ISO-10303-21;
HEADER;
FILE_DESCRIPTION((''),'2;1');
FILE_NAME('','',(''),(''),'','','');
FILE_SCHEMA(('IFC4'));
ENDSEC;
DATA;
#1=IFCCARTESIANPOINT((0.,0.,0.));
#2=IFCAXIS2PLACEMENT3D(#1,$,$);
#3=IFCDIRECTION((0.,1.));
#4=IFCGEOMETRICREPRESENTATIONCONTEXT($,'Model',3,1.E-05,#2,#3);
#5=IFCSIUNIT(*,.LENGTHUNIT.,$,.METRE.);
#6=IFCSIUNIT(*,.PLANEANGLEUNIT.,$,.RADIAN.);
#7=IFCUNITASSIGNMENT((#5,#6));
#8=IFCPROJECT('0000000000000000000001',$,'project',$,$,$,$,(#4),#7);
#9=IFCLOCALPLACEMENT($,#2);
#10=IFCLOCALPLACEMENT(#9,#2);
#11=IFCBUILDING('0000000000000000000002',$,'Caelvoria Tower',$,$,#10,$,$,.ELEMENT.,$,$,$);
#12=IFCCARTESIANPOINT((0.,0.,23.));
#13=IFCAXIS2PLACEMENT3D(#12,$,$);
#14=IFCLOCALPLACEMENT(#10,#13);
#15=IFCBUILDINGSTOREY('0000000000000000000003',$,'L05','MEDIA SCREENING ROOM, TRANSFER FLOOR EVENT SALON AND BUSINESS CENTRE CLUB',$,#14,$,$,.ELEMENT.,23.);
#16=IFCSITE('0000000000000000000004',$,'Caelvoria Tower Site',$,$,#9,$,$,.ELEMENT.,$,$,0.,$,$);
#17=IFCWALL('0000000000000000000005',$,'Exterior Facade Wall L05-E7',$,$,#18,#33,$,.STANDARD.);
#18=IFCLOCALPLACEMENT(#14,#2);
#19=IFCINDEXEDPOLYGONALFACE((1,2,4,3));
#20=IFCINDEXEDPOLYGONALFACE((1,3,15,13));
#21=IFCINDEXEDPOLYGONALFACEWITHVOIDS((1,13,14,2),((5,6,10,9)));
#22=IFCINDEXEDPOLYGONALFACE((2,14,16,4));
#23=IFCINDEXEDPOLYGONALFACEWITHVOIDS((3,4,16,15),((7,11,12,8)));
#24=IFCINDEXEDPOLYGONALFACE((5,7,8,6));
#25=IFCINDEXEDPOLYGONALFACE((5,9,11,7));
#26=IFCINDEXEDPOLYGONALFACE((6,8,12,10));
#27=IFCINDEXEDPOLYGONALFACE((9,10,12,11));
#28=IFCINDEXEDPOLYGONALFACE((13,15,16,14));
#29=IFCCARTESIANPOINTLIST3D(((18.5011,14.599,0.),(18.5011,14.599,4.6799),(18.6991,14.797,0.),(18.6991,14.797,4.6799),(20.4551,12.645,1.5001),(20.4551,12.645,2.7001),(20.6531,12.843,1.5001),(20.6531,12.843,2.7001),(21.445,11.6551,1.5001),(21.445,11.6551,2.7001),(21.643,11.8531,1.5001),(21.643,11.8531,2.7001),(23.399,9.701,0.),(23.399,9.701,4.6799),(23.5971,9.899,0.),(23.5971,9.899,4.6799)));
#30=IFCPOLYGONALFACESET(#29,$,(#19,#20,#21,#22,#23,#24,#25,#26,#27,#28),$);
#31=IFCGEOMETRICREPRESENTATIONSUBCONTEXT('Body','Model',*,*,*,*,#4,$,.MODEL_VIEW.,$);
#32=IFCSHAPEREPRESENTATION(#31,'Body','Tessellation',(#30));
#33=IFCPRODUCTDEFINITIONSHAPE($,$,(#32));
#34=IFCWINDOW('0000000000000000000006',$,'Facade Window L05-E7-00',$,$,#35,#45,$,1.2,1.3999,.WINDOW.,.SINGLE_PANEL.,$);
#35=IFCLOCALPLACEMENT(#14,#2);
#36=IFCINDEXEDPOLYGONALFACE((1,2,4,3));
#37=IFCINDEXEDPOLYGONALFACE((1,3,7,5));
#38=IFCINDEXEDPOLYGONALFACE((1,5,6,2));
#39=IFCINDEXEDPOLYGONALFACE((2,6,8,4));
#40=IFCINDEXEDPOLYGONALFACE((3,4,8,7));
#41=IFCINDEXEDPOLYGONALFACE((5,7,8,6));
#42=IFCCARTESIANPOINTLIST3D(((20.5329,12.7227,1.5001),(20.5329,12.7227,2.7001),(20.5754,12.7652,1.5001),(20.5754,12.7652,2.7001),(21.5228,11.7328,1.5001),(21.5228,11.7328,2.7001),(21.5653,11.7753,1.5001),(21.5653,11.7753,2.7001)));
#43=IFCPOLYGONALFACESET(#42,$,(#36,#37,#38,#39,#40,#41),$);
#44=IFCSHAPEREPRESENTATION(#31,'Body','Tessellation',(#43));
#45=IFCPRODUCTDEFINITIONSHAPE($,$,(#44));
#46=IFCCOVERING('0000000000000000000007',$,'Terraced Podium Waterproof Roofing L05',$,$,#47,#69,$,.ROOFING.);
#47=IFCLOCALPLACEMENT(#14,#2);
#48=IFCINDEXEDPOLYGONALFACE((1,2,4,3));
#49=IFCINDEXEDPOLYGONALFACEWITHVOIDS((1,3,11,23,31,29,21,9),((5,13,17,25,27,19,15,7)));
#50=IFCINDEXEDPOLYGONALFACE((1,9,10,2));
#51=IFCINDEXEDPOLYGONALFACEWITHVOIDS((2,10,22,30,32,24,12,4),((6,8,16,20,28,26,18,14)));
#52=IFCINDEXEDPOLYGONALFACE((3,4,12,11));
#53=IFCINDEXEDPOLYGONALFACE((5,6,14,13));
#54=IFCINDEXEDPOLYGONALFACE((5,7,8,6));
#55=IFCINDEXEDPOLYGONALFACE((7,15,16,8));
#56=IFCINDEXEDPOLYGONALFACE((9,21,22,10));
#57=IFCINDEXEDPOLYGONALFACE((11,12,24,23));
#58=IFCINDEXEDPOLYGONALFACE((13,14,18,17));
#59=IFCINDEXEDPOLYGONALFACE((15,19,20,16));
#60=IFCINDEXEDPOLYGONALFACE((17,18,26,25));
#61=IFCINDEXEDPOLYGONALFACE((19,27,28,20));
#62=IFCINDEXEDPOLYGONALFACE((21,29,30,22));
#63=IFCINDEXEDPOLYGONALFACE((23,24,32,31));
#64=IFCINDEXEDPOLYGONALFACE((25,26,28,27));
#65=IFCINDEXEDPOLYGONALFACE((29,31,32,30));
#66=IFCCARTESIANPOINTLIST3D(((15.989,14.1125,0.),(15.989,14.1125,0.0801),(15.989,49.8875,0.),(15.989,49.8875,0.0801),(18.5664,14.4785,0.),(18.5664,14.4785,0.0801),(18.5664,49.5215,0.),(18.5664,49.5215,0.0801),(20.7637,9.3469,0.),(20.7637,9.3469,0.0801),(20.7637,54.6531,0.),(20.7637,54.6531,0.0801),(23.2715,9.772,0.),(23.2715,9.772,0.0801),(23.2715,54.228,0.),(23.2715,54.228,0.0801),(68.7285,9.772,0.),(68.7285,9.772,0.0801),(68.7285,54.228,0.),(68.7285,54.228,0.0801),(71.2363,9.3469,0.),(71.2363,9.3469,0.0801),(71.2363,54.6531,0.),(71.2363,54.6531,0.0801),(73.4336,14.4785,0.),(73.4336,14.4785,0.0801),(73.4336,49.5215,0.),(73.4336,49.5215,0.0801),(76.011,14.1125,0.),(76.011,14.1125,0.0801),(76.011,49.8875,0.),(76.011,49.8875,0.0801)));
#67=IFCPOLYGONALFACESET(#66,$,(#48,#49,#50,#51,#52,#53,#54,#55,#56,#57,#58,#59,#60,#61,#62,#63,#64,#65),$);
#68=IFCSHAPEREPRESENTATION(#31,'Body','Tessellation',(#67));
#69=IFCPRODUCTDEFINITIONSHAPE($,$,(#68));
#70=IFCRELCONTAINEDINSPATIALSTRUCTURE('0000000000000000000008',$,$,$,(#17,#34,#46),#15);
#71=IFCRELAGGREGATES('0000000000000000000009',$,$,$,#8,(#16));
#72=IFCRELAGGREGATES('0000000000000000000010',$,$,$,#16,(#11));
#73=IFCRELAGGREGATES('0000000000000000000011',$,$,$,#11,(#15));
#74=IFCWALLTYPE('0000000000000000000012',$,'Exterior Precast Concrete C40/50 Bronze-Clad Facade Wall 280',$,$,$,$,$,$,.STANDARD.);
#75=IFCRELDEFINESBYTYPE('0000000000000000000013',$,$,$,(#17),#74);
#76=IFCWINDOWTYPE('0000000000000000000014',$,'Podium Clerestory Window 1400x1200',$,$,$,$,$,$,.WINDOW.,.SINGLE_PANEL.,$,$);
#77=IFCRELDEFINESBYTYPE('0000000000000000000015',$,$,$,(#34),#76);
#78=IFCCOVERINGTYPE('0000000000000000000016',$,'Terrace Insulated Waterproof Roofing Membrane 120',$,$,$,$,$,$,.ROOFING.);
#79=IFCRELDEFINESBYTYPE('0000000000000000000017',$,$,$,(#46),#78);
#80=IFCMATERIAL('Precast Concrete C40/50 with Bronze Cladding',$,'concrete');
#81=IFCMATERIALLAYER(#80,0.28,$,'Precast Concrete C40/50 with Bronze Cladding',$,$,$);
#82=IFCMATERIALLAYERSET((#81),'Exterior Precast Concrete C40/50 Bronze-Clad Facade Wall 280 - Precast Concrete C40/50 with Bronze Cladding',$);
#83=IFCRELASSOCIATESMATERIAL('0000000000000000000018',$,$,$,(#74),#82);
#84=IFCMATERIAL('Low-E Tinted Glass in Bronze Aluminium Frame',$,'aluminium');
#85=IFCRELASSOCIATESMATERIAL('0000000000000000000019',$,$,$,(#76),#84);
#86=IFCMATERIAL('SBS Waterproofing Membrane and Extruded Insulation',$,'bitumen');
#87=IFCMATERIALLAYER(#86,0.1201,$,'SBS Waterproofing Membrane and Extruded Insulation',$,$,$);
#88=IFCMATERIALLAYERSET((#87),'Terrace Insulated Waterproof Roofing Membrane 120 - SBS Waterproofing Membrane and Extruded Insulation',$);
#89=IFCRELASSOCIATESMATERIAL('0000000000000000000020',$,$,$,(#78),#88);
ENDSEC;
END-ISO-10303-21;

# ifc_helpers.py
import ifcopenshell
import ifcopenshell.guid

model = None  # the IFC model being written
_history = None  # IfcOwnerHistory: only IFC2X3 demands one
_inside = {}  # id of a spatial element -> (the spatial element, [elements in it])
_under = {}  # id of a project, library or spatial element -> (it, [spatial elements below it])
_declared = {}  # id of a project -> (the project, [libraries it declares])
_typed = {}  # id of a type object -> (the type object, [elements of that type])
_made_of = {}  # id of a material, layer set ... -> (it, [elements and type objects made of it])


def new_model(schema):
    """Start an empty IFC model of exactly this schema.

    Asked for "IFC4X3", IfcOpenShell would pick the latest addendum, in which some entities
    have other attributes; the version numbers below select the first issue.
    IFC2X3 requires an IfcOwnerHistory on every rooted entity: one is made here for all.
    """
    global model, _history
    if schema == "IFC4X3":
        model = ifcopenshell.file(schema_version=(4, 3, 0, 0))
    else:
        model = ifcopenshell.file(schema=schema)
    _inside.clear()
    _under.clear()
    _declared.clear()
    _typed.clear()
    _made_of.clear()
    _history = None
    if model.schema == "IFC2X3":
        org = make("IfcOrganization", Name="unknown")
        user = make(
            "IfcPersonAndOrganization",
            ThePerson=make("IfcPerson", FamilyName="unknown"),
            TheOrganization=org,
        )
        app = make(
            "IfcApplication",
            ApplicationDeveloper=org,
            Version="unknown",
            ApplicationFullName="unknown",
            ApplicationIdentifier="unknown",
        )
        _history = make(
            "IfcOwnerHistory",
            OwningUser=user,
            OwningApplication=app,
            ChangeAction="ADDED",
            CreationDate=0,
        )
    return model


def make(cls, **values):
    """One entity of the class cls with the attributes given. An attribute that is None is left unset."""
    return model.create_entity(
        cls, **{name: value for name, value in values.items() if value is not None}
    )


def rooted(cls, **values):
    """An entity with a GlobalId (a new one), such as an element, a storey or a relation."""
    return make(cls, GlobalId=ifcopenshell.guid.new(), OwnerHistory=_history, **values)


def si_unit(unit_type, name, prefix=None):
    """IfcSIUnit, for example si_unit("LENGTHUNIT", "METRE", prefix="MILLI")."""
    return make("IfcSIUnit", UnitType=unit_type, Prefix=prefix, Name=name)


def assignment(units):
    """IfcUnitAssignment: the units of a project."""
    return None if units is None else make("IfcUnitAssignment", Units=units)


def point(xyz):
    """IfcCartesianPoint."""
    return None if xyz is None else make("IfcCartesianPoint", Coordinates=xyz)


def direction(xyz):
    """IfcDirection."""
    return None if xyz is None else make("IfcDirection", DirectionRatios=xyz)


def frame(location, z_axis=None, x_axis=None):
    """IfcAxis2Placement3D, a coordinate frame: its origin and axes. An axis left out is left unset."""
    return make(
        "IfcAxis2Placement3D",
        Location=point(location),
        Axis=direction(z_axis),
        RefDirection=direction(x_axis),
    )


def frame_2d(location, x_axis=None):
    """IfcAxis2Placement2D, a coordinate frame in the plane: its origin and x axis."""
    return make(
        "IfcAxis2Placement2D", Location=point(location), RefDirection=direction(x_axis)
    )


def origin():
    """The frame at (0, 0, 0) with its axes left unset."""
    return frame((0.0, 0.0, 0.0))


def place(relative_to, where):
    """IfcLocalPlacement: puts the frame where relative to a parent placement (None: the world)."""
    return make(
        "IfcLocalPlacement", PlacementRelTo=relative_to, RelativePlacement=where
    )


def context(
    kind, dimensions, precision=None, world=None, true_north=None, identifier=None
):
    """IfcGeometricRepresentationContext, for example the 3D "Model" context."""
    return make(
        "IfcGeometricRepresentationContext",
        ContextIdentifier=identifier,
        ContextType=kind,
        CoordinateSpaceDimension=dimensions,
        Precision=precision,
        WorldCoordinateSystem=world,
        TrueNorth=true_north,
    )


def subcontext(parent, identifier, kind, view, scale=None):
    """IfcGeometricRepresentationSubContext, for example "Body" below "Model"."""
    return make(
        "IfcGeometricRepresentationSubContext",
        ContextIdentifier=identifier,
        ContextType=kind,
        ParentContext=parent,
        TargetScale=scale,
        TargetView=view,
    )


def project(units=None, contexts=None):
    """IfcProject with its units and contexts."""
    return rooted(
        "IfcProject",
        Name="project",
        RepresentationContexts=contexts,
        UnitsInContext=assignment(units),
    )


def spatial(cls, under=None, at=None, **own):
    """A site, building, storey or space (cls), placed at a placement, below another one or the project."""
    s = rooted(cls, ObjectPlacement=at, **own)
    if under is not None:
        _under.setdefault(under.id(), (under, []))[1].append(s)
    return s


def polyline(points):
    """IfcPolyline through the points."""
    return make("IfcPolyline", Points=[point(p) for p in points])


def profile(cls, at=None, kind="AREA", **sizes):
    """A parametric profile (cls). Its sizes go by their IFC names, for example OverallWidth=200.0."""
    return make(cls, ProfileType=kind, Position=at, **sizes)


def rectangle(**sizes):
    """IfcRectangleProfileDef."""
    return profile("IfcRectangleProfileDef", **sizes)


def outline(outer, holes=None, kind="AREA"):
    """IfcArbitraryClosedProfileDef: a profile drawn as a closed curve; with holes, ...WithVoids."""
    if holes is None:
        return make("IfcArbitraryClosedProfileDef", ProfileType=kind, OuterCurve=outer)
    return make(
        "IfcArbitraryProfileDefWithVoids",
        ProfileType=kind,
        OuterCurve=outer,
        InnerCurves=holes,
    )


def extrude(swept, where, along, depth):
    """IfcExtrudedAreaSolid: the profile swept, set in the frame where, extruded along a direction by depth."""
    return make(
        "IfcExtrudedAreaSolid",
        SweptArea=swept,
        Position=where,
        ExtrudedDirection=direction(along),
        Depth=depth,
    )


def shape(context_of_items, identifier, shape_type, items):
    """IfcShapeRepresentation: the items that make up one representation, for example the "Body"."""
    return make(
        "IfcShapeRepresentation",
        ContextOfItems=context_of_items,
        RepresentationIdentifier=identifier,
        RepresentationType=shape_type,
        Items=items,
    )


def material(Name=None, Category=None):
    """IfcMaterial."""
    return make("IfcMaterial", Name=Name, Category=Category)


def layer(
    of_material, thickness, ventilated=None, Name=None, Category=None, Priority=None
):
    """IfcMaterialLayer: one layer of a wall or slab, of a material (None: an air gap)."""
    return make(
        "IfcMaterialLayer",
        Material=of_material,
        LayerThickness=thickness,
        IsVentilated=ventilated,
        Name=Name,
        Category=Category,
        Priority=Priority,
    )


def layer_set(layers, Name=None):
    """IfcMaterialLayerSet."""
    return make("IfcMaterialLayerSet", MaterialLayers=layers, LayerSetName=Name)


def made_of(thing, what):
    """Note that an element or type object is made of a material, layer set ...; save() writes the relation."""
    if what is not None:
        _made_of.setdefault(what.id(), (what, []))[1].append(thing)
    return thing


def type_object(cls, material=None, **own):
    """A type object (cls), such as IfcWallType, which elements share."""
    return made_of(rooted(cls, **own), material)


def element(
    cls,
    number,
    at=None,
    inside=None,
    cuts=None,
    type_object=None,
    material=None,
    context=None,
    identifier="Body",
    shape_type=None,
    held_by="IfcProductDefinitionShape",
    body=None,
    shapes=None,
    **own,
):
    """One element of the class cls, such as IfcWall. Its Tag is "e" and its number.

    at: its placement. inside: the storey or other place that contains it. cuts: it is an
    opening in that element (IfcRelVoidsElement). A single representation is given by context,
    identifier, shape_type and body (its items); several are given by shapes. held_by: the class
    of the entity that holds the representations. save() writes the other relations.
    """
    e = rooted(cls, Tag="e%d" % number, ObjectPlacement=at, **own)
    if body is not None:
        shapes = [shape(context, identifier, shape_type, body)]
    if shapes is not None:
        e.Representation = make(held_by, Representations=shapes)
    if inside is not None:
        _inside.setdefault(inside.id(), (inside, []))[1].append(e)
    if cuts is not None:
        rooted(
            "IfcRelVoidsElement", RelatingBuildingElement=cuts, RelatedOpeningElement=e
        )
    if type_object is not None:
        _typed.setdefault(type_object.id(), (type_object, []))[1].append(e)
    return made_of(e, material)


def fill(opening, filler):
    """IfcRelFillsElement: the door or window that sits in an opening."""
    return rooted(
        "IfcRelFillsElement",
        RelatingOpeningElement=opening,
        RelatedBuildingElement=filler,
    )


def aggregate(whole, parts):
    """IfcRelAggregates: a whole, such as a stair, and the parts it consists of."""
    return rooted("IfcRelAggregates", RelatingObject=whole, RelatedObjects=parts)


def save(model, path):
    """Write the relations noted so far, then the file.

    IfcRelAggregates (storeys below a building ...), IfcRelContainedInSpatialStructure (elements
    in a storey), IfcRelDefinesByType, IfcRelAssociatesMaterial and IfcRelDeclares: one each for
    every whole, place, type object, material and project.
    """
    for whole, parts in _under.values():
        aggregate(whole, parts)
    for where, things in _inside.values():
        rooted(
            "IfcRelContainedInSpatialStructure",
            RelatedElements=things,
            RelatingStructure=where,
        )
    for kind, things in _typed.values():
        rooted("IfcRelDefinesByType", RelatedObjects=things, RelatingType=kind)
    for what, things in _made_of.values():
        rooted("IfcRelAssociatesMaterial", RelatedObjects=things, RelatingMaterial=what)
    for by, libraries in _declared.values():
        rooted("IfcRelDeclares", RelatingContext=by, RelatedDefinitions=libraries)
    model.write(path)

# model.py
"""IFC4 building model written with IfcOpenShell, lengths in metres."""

from ifc_helpers import new_model, si_unit, direction, frame, frame_2d, origin, place, context, subcontext, project, spatial, polyline, rectangle, outline, extrude, material, layer, layer_set, type_object, element, fill, save


model = new_model("IFC4")

# Units and contexts
model_context = context("Model", 3, precision=1e-05, world=origin(), true_north=direction((0.0, 1.0)))
body_context = subcontext(model_context, "Body", "Model", "MODEL_VIEW")
ifc_project = project(units=[si_unit("LENGTHUNIT", "METRE"), si_unit("PLANEANGLEUNIT", "RADIAN")], contexts=[model_context])

# Site, building, storey
site_placement = place(None, origin())
site = spatial("IfcSite", under=ifc_project, at=site_placement, Name="Caelvoria Tower Site", CompositionType="ELEMENT", RefElevation=0.0)
building_placement = place(site_placement, origin())
building = spatial("IfcBuilding", under=site, at=building_placement, Name="Caelvoria Tower", CompositionType="ELEMENT")
storey_placement = place(building_placement, frame((0.0, 0.0, 23.0)))
storey = spatial("IfcBuildingStorey", under=building, at=storey_placement, Name="L05", Description="MEDIA SCREENING ROOM, TRANSFER FLOOR EVENT SALON AND BUSINESS CENTRE CLUB", CompositionType="ELEMENT", Elevation=23.0)

# Shared definitions
ifc_material_1 = material(Name="Low-E Tinted Glass in Bronze Aluminium Frame", Category="aluminium")

# Shared definitions
ifc_material_2 = material(Name="Precast Concrete C40/50 with Bronze Cladding", Category="concrete")
ifc_layer_1 = layer(ifc_material_2, 0.28, Name="Precast Concrete C40/50 with Bronze Cladding")
ifc_layer_set_1 = layer_set([ifc_layer_1], Name="Exterior Precast Concrete C40/50 Bronze-Clad Facade Wall 280 - Precast Concrete C40/50 with Bronze Cladding")
wall_type = type_object("IfcWallType", Name="Exterior Precast Concrete C40/50 Bronze-Clad Facade Wall 280", PredefinedType="STANDARD", material=ifc_layer_set_1)

# Wall, opening, window
wall_1_placement = place(storey_placement, frame((18.6001, 14.698, 0.0), z_axis=(0.0, 0.0, 1.0), x_axis=(0.707107, -0.707107, 0.0)))
wall_1 = element("IfcWall", 1, at=wall_1_placement, inside=storey, type_object=wall_type, Name="Exterior Facade Wall L05-E7", PredefinedType="STANDARD", context=body_context, shape_type="SweptSolid", body=[
    extrude(rectangle(XDim=6.9268, YDim=0.28, at=frame_2d((3.4634, 0.0))), origin(), (0.0, 0.0, 1.0), 4.6799),
])
opening_1_placement = place(wall_1_placement, frame((2.7634, 0.0, 1.5)))
opening_1 = element("IfcOpeningElement", 2, at=opening_1_placement, cuts=wall_1, PredefinedType="OPENING", context=body_context, shape_type="SweptSolid", body=[
    extrude(rectangle(XDim=1.3999, YDim=1.2, at=frame_2d((0.7, 0.6001))), frame((0.0, 0.1499, 0.0), z_axis=(0.0, -1.0, 0.0), x_axis=(1.0, 0.0, 0.0)), (0.0, 0.0, 1.0), 0.3),
])
window_type_1 = type_object("IfcWindowType", Name="Podium Clerestory Window 1400x1200", PartitioningType="SINGLE_PANEL", PredefinedType="WINDOW", material=ifc_material_1)
window_1_placement = place(opening_1_placement, origin())
window_1 = element("IfcWindow", 3, at=window_1_placement, inside=storey, type_object=window_type_1, Name="Facade Window L05-E7-00", OverallHeight=1.2, OverallWidth=1.3999, PartitioningType="SINGLE_PANEL", PredefinedType="WINDOW", context=body_context, shape_type="SweptSolid", body=[
    extrude(rectangle(XDim=1.3999, YDim=1.2, at=frame_2d((0.7, 0.6001))), frame((0.0, 0.03, 0.0), z_axis=(0.0, -1.0, 0.0), x_axis=(1.0, 0.0, 0.0)), (0.0, 0.0, 1.0), 0.0601),
])
fill(opening_1, window_1)

# Covering
ifc_material_3 = material(Name="SBS Waterproofing Membrane and Extruded Insulation", Category="bitumen")
ifc_layer_2 = layer(ifc_material_3, 0.1201, Name="SBS Waterproofing Membrane and Extruded Insulation")
ifc_layer_set_2 = layer_set([ifc_layer_2], Name="Terrace Insulated Waterproof Roofing Membrane 120 - SBS Waterproofing Membrane and Extruded Insulation")
covering_type = type_object("IfcCoveringType", Name="Terrace Insulated Waterproof Roofing Membrane 120", PredefinedType="ROOFING", material=ifc_layer_set_2)
covering_placement = place(storey_placement, origin())
element("IfcCovering", 4, at=covering_placement, inside=storey, type_object=covering_type, Name="Terraced Podium Waterproof Roofing L05", PredefinedType="ROOFING", context=body_context, shape_type="SweptSolid", body=[
    extrude(outline(polyline([(20.7637, 9.3469), (71.2363, 9.3469), (76.011, 14.1125), (76.011, 49.8875), (71.2363, 54.6531), (20.7637, 54.6531), (15.989, 49.8875), (15.989, 14.1125), (20.7637, 9.3469)]), holes=[polyline([(18.5664, 14.4785), (18.5664, 49.5215), (23.2715, 54.228), (68.7285, 54.228), (73.4336, 49.5215), (73.4336, 14.4785), (68.7285, 9.772), (23.2715, 9.772), (18.5664, 14.4785)])]), origin(), (0.0, 0.0, 1.0), 0.0801),
])

save(model, "model.ifc")
